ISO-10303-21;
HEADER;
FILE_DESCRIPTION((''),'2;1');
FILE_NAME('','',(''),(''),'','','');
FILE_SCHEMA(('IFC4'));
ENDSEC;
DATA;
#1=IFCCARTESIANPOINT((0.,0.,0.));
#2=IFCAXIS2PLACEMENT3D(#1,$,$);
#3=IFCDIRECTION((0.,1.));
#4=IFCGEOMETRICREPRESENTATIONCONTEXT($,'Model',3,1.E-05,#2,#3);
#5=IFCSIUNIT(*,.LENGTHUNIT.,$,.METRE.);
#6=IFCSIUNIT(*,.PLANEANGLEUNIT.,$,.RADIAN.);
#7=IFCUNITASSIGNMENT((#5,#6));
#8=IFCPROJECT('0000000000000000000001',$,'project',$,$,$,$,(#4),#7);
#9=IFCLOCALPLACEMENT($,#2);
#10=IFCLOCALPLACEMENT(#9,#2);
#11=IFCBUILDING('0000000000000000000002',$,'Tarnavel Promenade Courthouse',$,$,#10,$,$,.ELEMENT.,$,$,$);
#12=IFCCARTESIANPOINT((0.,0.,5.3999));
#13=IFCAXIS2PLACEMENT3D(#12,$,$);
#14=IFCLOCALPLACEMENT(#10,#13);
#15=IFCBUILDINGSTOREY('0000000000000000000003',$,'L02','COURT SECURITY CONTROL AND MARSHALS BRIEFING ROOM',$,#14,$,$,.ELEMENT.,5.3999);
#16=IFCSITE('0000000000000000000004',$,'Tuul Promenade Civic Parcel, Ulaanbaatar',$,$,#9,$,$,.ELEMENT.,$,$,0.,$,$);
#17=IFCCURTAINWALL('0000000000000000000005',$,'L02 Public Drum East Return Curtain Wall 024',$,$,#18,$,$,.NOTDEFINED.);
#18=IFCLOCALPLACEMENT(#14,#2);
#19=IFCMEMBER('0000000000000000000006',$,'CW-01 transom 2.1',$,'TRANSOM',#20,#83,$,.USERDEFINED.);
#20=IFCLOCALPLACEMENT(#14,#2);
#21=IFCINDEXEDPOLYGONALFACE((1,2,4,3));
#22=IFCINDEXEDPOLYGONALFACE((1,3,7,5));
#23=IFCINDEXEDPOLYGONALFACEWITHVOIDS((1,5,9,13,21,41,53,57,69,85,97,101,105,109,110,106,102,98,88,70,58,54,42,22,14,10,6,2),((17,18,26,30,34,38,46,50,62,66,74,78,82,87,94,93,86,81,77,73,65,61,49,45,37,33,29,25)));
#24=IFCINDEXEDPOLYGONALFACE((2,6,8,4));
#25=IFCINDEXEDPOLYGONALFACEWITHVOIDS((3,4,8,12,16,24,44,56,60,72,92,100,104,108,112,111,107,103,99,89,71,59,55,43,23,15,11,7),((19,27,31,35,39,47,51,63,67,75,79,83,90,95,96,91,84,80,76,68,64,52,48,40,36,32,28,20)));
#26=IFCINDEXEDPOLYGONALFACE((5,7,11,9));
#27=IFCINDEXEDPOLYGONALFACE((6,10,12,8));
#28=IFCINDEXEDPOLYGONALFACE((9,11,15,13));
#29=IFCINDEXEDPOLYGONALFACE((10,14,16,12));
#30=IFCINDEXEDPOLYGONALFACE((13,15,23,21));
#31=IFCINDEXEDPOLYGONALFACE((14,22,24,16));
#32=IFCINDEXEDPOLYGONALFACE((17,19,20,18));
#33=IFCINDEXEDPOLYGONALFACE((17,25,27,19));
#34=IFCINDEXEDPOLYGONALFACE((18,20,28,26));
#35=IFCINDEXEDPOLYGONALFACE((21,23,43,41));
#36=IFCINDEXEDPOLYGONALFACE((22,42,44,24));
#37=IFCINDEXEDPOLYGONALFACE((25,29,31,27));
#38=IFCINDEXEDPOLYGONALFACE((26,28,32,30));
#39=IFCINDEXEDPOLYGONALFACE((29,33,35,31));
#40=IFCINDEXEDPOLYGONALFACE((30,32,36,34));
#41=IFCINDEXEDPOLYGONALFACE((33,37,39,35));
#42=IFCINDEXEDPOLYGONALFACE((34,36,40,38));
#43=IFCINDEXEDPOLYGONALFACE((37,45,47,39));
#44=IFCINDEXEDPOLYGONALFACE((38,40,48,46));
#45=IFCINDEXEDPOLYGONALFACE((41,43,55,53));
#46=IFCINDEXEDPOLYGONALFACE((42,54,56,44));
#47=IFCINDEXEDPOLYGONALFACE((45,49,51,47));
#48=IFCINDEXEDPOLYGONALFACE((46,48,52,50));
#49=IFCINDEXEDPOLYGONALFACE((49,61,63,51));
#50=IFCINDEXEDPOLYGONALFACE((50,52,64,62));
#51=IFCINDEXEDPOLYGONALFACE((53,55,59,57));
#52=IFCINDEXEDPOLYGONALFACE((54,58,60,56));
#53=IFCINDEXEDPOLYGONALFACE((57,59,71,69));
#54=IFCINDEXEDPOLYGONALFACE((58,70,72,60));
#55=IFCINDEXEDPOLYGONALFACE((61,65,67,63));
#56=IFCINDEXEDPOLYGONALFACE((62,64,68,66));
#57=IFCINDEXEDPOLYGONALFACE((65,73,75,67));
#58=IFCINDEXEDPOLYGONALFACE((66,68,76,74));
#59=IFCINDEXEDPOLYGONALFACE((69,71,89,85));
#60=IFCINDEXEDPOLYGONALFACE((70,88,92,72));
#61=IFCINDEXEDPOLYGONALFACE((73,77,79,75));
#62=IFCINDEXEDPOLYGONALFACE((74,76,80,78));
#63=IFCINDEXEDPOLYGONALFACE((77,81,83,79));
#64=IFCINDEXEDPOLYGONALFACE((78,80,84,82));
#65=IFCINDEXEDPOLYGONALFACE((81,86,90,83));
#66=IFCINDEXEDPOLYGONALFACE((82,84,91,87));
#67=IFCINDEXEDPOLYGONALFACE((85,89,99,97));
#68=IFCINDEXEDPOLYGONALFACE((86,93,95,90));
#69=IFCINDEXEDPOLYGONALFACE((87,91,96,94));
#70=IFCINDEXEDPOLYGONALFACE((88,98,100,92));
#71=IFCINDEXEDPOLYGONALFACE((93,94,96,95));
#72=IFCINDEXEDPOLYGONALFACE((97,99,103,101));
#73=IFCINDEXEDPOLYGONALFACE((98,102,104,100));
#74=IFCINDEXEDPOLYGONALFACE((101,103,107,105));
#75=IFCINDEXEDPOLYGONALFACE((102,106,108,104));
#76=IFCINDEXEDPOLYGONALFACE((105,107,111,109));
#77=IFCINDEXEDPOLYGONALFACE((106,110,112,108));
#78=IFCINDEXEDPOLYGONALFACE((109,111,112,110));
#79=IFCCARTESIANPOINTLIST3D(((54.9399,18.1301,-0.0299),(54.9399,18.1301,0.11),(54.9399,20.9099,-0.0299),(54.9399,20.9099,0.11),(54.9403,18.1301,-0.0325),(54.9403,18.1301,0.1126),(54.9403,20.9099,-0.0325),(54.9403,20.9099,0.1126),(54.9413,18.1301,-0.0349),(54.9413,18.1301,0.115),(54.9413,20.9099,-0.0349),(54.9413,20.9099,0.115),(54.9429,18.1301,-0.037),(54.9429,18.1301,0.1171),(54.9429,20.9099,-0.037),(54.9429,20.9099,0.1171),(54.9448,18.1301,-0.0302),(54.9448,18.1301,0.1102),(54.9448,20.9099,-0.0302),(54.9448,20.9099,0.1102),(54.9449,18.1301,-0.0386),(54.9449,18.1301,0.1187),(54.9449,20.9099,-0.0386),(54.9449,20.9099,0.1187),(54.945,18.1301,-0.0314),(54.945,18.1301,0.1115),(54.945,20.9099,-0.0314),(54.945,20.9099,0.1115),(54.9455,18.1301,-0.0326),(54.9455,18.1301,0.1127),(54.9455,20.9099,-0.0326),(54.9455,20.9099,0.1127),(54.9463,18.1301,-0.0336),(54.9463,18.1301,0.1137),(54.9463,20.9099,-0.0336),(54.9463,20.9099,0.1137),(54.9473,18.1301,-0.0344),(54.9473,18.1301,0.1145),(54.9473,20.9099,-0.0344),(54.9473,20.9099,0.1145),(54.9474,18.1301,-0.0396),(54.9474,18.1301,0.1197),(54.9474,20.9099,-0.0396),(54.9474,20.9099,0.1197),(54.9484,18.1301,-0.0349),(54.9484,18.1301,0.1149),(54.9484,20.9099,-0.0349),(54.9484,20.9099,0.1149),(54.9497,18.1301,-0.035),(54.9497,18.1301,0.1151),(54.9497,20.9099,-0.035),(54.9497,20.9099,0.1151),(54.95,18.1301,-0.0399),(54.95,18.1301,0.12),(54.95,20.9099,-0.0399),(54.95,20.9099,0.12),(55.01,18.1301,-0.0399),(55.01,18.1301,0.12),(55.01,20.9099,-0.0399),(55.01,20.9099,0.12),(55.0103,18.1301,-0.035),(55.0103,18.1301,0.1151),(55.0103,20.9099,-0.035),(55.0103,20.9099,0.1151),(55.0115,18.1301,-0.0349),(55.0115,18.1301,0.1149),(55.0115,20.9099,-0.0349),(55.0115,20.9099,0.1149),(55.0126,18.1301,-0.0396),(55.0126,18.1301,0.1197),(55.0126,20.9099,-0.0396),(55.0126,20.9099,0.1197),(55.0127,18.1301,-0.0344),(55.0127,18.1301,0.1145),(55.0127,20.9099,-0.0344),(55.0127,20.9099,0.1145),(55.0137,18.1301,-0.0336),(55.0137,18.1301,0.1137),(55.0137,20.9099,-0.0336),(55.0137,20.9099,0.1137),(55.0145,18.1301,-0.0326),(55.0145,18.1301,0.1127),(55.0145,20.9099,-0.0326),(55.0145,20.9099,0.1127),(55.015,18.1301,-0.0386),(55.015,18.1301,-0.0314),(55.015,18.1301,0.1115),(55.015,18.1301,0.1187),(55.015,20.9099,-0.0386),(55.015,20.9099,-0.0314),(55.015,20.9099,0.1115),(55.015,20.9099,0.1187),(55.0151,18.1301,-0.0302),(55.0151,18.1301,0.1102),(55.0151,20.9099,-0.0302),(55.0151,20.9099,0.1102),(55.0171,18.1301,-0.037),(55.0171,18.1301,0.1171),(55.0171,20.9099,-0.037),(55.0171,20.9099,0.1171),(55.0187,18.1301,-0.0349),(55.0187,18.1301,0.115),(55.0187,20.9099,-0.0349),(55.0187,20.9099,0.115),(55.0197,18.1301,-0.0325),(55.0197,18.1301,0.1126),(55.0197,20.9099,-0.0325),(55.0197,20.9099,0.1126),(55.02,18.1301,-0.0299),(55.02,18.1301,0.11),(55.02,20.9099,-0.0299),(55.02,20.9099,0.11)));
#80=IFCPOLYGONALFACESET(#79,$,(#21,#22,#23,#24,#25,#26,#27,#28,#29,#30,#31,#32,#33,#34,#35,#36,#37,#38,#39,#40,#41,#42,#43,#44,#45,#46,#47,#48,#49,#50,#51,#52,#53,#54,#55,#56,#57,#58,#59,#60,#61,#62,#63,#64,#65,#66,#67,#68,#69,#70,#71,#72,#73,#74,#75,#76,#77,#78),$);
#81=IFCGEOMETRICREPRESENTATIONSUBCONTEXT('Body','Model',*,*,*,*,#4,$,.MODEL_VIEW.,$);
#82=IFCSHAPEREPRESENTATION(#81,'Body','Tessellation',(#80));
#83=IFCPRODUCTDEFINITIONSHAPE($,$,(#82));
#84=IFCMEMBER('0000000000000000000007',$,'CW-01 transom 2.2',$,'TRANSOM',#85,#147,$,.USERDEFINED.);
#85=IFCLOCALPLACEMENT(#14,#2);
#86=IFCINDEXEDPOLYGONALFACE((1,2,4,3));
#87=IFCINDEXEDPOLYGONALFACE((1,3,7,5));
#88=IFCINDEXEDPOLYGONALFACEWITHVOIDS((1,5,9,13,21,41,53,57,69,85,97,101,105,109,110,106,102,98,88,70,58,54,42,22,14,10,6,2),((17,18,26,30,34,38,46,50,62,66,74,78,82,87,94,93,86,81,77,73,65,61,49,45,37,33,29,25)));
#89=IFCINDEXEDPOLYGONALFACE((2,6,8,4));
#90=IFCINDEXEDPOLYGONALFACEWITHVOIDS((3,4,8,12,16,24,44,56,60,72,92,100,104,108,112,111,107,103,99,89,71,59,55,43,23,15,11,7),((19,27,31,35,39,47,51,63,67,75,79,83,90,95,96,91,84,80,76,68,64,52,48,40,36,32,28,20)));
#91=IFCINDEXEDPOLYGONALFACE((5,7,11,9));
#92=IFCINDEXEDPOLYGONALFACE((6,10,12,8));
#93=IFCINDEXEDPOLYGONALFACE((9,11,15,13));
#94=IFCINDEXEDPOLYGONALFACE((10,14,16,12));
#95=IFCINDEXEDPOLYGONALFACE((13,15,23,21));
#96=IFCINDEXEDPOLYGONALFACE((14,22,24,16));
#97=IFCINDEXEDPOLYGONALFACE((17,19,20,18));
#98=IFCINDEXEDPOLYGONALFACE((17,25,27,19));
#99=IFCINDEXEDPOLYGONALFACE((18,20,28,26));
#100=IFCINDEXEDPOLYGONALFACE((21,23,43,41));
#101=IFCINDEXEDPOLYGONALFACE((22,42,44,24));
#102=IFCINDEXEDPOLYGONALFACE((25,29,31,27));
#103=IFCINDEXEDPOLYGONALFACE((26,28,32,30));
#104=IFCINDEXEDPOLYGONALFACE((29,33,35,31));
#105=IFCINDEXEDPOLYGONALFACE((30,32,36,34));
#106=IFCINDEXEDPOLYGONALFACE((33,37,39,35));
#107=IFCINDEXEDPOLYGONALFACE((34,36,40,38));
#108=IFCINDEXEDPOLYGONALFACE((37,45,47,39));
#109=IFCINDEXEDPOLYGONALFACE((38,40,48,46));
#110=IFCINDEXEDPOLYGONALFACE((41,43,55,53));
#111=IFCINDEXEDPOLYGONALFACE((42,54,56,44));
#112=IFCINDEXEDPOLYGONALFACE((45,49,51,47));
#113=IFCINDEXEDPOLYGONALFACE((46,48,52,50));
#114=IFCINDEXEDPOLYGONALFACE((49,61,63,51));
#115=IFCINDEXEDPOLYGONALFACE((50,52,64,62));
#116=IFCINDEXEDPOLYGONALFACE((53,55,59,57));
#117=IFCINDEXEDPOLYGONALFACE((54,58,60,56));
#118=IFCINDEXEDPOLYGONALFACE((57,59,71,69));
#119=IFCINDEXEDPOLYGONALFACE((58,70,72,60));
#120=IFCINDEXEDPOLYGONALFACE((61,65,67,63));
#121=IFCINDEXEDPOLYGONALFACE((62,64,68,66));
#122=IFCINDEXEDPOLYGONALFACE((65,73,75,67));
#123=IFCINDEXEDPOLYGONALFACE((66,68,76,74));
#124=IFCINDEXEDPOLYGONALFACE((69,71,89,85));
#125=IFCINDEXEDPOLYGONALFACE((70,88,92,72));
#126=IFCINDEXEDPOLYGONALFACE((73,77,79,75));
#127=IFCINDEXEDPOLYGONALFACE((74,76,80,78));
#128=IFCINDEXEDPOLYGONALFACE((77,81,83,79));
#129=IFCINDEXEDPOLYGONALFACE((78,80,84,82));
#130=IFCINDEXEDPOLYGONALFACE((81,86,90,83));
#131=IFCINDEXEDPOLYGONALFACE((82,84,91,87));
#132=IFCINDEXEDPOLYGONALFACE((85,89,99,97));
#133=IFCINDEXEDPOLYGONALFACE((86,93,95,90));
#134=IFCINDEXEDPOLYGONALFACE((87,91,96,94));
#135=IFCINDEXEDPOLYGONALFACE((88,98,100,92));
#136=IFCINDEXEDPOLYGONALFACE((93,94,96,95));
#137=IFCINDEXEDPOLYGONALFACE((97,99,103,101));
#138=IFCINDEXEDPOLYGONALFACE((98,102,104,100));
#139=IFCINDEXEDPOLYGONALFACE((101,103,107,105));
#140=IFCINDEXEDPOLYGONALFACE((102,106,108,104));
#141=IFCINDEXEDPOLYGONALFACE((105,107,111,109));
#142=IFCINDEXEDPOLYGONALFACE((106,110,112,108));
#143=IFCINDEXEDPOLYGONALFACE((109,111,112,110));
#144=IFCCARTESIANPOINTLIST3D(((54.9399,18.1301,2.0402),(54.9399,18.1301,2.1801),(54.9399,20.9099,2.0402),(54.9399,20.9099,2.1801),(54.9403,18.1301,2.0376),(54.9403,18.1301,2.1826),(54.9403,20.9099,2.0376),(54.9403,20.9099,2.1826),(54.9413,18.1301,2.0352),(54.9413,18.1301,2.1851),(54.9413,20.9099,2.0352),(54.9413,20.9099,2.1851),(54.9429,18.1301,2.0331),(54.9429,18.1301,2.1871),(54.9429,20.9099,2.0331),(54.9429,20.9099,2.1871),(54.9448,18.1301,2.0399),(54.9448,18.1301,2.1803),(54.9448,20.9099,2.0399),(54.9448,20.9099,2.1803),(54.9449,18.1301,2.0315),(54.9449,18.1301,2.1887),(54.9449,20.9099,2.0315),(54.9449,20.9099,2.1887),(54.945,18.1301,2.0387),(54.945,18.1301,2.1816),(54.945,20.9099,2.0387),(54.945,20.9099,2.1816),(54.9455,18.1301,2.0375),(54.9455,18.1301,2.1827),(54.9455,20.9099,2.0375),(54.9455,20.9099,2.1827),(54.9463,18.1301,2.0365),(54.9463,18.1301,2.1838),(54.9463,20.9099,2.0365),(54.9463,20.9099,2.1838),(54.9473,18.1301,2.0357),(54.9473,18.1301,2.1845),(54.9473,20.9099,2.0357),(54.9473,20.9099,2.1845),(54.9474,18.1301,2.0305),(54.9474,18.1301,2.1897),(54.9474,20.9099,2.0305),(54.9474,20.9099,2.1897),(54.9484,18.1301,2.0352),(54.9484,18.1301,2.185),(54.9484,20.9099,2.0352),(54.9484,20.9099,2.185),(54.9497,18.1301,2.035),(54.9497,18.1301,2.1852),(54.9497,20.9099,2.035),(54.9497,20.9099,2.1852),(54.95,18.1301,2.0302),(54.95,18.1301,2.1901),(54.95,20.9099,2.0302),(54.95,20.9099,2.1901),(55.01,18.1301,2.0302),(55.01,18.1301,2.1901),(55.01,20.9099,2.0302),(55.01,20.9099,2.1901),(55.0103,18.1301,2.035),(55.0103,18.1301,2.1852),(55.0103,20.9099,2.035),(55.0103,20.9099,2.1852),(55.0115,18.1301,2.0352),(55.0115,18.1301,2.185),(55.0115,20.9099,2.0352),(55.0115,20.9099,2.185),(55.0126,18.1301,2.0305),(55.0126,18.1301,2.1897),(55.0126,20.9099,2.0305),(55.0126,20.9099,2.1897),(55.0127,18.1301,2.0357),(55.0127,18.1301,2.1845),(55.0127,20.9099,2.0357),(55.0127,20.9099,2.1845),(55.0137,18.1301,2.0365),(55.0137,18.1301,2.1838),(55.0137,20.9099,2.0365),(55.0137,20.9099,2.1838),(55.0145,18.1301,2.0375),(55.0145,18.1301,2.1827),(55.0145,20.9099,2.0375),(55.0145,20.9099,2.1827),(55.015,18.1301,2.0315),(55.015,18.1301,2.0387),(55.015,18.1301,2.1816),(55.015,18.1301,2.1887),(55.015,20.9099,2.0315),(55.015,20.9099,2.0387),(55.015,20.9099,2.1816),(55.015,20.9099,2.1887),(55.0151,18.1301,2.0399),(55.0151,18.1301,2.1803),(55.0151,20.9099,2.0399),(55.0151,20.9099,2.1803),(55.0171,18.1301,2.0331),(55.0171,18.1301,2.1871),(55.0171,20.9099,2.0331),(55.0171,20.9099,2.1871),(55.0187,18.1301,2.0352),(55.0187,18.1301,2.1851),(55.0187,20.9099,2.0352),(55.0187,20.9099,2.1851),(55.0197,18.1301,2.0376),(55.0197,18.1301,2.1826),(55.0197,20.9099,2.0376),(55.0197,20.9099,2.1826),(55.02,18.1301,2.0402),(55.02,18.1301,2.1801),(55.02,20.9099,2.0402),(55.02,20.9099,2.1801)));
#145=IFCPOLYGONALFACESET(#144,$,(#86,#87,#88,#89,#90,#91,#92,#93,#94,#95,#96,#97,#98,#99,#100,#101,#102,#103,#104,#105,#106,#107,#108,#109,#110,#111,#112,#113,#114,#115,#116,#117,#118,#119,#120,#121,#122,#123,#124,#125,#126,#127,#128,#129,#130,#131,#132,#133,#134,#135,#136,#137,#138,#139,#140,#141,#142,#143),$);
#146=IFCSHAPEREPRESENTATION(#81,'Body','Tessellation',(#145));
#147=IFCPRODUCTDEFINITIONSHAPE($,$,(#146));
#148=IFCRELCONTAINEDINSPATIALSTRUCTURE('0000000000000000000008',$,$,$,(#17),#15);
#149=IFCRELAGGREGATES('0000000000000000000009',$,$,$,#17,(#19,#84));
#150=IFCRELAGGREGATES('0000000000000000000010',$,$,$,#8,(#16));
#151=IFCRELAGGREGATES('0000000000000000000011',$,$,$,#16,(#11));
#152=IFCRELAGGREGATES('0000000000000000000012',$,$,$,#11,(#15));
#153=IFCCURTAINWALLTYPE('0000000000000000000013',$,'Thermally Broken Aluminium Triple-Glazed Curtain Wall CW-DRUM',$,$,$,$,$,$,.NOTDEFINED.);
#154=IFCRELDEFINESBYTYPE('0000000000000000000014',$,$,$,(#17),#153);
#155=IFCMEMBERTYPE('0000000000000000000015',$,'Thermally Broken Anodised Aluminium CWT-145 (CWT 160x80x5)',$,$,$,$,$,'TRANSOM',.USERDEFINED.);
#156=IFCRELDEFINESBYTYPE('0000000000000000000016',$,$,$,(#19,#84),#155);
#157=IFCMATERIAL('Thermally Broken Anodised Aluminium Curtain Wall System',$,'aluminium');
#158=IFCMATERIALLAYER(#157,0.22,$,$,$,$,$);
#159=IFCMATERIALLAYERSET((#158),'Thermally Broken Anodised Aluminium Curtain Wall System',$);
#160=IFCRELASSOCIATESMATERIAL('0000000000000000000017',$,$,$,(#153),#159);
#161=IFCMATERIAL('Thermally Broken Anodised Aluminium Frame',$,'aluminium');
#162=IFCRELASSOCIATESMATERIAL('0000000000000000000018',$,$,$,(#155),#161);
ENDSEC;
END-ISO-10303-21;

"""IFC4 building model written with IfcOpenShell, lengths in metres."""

from ifc_helpers import new_model, si_unit, direction, frame, origin, origin_2d, place, context, subcontext, project, spatial, hollow_rectangle, extrude, material, layer, layer_set, material_profile, profile_set, type_object, element, aggregate, save


model = new_model("IFC4")

# Units and contexts
model_context = context("Model", 3, precision=1e-05, world=origin(), true_north=direction((0.0, 1.0)))
body_context = subcontext(model_context, "Body", "Model", "MODEL_VIEW")
ifc_project = project(units=[si_unit("LENGTHUNIT", "METRE"), si_unit("PLANEANGLEUNIT", "RADIAN")], contexts=[model_context])

# Site, building, storey
site_placement = place(None, origin())
site = spatial("IfcSite", under=ifc_project, at=site_placement, Name="Tuul Promenade Civic Parcel, Ulaanbaatar", CompositionType="ELEMENT", RefElevation=0.0)
building_placement = place(site_placement, origin())
building = spatial("IfcBuilding", under=site, at=building_placement, Name="Tarnavel Promenade Courthouse", CompositionType="ELEMENT")
storey_placement = place(building_placement, frame((0.0, 0.0, 5.3999)))
storey = spatial("IfcBuildingStorey", under=building, at=storey_placement, Name="L02", Description="COURT SECURITY CONTROL AND MARSHALS BRIEFING ROOM", CompositionType="ELEMENT", Elevation=5.3999)

# Curtain wall
ifc_material_1 = material(Name="Thermally Broken Anodised Aluminium Curtain Wall System", Category="aluminium")
ifc_layer_1 = layer(ifc_material_1, 0.22)
ifc_layer_set_1 = layer_set([ifc_layer_1], Name="Thermally Broken Anodised Aluminium Curtain Wall System")
curtain_wall_type = type_object("IfcCurtainWallType", Name="Thermally Broken Aluminium Triple-Glazed Curtain Wall CW-DRUM", PredefinedType="NOTDEFINED", material=ifc_layer_set_1)
ifc_material_2 = material(Name="Thermally Broken Anodised Aluminium Frame", Category="aluminium")
curtain_wall_1_placement = place(storey_placement, origin())
curtain_wall_1 = element("IfcCurtainWall", 1, at=curtain_wall_1_placement, inside=storey, type_object=curtain_wall_type, Name="L02 Public Drum East Return Curtain Wall 024", PredefinedType="NOTDEFINED")

# Members
ifc_material_profile_1 = material_profile(ifc_material_2, hollow_rectangle(XDim=0.0801, YDim=0.1599, WallThickness=0.0049, InnerFilletRadius=0.0049, OuterFilletRadius=0.01, at=origin_2d()), Name="CWT 160x80x5")
ifc_profile_set_1 = profile_set([ifc_material_profile_1], Name="Thermally Broken Anodised Aluminium Frame")
member_type_1 = type_object("IfcMemberType", Name="Thermally Broken Anodised Aluminium CWT-145 (CWT 160x80x5)", ElementType="TRANSOM", PredefinedType="USERDEFINED", material=ifc_profile_set_1)
member_1_placement = place(storey_placement, frame((54.98, 18.1301, 0.04), z_axis=(0.0, 1.0, 0.0), x_axis=(-1.0, 0.0, 0.0)))
member_1 = element("IfcMember", 2, at=member_1_placement, type_object=member_type_1, Name="CW-01 transom 2.1", ObjectType="TRANSOM", PredefinedType="USERDEFINED", context=body_context, shape_type="SweptSolid", body=[
    extrude(hollow_rectangle(XDim=0.0801, YDim=0.1599, WallThickness=0.0049, InnerFilletRadius=0.0049, OuterFilletRadius=0.01, at=origin_2d()), origin(), (0.0, 0.0, 1.0), 2.7798),
])
member_2_placement = place(storey_placement, frame((54.98, 18.1301, 2.1101), z_axis=(0.0, 1.0, 0.0), x_axis=(-1.0, 0.0, 0.0)))
member_2 = element("IfcMember", 3, at=member_2_placement, type_object=member_type_1, Name="CW-01 transom 2.2", ObjectType="TRANSOM", PredefinedType="USERDEFINED", context=body_context, shape_type="SweptSolid", body=[
    extrude(hollow_rectangle(XDim=0.0801, YDim=0.1599, WallThickness=0.0049, InnerFilletRadius=0.0049, OuterFilletRadius=0.01, at=origin_2d()), origin(), (0.0, 0.0, 1.0), 2.7798),
])

aggregate(curtain_wall_1, [member_1, member_2])

save(model, "model.ifc")
